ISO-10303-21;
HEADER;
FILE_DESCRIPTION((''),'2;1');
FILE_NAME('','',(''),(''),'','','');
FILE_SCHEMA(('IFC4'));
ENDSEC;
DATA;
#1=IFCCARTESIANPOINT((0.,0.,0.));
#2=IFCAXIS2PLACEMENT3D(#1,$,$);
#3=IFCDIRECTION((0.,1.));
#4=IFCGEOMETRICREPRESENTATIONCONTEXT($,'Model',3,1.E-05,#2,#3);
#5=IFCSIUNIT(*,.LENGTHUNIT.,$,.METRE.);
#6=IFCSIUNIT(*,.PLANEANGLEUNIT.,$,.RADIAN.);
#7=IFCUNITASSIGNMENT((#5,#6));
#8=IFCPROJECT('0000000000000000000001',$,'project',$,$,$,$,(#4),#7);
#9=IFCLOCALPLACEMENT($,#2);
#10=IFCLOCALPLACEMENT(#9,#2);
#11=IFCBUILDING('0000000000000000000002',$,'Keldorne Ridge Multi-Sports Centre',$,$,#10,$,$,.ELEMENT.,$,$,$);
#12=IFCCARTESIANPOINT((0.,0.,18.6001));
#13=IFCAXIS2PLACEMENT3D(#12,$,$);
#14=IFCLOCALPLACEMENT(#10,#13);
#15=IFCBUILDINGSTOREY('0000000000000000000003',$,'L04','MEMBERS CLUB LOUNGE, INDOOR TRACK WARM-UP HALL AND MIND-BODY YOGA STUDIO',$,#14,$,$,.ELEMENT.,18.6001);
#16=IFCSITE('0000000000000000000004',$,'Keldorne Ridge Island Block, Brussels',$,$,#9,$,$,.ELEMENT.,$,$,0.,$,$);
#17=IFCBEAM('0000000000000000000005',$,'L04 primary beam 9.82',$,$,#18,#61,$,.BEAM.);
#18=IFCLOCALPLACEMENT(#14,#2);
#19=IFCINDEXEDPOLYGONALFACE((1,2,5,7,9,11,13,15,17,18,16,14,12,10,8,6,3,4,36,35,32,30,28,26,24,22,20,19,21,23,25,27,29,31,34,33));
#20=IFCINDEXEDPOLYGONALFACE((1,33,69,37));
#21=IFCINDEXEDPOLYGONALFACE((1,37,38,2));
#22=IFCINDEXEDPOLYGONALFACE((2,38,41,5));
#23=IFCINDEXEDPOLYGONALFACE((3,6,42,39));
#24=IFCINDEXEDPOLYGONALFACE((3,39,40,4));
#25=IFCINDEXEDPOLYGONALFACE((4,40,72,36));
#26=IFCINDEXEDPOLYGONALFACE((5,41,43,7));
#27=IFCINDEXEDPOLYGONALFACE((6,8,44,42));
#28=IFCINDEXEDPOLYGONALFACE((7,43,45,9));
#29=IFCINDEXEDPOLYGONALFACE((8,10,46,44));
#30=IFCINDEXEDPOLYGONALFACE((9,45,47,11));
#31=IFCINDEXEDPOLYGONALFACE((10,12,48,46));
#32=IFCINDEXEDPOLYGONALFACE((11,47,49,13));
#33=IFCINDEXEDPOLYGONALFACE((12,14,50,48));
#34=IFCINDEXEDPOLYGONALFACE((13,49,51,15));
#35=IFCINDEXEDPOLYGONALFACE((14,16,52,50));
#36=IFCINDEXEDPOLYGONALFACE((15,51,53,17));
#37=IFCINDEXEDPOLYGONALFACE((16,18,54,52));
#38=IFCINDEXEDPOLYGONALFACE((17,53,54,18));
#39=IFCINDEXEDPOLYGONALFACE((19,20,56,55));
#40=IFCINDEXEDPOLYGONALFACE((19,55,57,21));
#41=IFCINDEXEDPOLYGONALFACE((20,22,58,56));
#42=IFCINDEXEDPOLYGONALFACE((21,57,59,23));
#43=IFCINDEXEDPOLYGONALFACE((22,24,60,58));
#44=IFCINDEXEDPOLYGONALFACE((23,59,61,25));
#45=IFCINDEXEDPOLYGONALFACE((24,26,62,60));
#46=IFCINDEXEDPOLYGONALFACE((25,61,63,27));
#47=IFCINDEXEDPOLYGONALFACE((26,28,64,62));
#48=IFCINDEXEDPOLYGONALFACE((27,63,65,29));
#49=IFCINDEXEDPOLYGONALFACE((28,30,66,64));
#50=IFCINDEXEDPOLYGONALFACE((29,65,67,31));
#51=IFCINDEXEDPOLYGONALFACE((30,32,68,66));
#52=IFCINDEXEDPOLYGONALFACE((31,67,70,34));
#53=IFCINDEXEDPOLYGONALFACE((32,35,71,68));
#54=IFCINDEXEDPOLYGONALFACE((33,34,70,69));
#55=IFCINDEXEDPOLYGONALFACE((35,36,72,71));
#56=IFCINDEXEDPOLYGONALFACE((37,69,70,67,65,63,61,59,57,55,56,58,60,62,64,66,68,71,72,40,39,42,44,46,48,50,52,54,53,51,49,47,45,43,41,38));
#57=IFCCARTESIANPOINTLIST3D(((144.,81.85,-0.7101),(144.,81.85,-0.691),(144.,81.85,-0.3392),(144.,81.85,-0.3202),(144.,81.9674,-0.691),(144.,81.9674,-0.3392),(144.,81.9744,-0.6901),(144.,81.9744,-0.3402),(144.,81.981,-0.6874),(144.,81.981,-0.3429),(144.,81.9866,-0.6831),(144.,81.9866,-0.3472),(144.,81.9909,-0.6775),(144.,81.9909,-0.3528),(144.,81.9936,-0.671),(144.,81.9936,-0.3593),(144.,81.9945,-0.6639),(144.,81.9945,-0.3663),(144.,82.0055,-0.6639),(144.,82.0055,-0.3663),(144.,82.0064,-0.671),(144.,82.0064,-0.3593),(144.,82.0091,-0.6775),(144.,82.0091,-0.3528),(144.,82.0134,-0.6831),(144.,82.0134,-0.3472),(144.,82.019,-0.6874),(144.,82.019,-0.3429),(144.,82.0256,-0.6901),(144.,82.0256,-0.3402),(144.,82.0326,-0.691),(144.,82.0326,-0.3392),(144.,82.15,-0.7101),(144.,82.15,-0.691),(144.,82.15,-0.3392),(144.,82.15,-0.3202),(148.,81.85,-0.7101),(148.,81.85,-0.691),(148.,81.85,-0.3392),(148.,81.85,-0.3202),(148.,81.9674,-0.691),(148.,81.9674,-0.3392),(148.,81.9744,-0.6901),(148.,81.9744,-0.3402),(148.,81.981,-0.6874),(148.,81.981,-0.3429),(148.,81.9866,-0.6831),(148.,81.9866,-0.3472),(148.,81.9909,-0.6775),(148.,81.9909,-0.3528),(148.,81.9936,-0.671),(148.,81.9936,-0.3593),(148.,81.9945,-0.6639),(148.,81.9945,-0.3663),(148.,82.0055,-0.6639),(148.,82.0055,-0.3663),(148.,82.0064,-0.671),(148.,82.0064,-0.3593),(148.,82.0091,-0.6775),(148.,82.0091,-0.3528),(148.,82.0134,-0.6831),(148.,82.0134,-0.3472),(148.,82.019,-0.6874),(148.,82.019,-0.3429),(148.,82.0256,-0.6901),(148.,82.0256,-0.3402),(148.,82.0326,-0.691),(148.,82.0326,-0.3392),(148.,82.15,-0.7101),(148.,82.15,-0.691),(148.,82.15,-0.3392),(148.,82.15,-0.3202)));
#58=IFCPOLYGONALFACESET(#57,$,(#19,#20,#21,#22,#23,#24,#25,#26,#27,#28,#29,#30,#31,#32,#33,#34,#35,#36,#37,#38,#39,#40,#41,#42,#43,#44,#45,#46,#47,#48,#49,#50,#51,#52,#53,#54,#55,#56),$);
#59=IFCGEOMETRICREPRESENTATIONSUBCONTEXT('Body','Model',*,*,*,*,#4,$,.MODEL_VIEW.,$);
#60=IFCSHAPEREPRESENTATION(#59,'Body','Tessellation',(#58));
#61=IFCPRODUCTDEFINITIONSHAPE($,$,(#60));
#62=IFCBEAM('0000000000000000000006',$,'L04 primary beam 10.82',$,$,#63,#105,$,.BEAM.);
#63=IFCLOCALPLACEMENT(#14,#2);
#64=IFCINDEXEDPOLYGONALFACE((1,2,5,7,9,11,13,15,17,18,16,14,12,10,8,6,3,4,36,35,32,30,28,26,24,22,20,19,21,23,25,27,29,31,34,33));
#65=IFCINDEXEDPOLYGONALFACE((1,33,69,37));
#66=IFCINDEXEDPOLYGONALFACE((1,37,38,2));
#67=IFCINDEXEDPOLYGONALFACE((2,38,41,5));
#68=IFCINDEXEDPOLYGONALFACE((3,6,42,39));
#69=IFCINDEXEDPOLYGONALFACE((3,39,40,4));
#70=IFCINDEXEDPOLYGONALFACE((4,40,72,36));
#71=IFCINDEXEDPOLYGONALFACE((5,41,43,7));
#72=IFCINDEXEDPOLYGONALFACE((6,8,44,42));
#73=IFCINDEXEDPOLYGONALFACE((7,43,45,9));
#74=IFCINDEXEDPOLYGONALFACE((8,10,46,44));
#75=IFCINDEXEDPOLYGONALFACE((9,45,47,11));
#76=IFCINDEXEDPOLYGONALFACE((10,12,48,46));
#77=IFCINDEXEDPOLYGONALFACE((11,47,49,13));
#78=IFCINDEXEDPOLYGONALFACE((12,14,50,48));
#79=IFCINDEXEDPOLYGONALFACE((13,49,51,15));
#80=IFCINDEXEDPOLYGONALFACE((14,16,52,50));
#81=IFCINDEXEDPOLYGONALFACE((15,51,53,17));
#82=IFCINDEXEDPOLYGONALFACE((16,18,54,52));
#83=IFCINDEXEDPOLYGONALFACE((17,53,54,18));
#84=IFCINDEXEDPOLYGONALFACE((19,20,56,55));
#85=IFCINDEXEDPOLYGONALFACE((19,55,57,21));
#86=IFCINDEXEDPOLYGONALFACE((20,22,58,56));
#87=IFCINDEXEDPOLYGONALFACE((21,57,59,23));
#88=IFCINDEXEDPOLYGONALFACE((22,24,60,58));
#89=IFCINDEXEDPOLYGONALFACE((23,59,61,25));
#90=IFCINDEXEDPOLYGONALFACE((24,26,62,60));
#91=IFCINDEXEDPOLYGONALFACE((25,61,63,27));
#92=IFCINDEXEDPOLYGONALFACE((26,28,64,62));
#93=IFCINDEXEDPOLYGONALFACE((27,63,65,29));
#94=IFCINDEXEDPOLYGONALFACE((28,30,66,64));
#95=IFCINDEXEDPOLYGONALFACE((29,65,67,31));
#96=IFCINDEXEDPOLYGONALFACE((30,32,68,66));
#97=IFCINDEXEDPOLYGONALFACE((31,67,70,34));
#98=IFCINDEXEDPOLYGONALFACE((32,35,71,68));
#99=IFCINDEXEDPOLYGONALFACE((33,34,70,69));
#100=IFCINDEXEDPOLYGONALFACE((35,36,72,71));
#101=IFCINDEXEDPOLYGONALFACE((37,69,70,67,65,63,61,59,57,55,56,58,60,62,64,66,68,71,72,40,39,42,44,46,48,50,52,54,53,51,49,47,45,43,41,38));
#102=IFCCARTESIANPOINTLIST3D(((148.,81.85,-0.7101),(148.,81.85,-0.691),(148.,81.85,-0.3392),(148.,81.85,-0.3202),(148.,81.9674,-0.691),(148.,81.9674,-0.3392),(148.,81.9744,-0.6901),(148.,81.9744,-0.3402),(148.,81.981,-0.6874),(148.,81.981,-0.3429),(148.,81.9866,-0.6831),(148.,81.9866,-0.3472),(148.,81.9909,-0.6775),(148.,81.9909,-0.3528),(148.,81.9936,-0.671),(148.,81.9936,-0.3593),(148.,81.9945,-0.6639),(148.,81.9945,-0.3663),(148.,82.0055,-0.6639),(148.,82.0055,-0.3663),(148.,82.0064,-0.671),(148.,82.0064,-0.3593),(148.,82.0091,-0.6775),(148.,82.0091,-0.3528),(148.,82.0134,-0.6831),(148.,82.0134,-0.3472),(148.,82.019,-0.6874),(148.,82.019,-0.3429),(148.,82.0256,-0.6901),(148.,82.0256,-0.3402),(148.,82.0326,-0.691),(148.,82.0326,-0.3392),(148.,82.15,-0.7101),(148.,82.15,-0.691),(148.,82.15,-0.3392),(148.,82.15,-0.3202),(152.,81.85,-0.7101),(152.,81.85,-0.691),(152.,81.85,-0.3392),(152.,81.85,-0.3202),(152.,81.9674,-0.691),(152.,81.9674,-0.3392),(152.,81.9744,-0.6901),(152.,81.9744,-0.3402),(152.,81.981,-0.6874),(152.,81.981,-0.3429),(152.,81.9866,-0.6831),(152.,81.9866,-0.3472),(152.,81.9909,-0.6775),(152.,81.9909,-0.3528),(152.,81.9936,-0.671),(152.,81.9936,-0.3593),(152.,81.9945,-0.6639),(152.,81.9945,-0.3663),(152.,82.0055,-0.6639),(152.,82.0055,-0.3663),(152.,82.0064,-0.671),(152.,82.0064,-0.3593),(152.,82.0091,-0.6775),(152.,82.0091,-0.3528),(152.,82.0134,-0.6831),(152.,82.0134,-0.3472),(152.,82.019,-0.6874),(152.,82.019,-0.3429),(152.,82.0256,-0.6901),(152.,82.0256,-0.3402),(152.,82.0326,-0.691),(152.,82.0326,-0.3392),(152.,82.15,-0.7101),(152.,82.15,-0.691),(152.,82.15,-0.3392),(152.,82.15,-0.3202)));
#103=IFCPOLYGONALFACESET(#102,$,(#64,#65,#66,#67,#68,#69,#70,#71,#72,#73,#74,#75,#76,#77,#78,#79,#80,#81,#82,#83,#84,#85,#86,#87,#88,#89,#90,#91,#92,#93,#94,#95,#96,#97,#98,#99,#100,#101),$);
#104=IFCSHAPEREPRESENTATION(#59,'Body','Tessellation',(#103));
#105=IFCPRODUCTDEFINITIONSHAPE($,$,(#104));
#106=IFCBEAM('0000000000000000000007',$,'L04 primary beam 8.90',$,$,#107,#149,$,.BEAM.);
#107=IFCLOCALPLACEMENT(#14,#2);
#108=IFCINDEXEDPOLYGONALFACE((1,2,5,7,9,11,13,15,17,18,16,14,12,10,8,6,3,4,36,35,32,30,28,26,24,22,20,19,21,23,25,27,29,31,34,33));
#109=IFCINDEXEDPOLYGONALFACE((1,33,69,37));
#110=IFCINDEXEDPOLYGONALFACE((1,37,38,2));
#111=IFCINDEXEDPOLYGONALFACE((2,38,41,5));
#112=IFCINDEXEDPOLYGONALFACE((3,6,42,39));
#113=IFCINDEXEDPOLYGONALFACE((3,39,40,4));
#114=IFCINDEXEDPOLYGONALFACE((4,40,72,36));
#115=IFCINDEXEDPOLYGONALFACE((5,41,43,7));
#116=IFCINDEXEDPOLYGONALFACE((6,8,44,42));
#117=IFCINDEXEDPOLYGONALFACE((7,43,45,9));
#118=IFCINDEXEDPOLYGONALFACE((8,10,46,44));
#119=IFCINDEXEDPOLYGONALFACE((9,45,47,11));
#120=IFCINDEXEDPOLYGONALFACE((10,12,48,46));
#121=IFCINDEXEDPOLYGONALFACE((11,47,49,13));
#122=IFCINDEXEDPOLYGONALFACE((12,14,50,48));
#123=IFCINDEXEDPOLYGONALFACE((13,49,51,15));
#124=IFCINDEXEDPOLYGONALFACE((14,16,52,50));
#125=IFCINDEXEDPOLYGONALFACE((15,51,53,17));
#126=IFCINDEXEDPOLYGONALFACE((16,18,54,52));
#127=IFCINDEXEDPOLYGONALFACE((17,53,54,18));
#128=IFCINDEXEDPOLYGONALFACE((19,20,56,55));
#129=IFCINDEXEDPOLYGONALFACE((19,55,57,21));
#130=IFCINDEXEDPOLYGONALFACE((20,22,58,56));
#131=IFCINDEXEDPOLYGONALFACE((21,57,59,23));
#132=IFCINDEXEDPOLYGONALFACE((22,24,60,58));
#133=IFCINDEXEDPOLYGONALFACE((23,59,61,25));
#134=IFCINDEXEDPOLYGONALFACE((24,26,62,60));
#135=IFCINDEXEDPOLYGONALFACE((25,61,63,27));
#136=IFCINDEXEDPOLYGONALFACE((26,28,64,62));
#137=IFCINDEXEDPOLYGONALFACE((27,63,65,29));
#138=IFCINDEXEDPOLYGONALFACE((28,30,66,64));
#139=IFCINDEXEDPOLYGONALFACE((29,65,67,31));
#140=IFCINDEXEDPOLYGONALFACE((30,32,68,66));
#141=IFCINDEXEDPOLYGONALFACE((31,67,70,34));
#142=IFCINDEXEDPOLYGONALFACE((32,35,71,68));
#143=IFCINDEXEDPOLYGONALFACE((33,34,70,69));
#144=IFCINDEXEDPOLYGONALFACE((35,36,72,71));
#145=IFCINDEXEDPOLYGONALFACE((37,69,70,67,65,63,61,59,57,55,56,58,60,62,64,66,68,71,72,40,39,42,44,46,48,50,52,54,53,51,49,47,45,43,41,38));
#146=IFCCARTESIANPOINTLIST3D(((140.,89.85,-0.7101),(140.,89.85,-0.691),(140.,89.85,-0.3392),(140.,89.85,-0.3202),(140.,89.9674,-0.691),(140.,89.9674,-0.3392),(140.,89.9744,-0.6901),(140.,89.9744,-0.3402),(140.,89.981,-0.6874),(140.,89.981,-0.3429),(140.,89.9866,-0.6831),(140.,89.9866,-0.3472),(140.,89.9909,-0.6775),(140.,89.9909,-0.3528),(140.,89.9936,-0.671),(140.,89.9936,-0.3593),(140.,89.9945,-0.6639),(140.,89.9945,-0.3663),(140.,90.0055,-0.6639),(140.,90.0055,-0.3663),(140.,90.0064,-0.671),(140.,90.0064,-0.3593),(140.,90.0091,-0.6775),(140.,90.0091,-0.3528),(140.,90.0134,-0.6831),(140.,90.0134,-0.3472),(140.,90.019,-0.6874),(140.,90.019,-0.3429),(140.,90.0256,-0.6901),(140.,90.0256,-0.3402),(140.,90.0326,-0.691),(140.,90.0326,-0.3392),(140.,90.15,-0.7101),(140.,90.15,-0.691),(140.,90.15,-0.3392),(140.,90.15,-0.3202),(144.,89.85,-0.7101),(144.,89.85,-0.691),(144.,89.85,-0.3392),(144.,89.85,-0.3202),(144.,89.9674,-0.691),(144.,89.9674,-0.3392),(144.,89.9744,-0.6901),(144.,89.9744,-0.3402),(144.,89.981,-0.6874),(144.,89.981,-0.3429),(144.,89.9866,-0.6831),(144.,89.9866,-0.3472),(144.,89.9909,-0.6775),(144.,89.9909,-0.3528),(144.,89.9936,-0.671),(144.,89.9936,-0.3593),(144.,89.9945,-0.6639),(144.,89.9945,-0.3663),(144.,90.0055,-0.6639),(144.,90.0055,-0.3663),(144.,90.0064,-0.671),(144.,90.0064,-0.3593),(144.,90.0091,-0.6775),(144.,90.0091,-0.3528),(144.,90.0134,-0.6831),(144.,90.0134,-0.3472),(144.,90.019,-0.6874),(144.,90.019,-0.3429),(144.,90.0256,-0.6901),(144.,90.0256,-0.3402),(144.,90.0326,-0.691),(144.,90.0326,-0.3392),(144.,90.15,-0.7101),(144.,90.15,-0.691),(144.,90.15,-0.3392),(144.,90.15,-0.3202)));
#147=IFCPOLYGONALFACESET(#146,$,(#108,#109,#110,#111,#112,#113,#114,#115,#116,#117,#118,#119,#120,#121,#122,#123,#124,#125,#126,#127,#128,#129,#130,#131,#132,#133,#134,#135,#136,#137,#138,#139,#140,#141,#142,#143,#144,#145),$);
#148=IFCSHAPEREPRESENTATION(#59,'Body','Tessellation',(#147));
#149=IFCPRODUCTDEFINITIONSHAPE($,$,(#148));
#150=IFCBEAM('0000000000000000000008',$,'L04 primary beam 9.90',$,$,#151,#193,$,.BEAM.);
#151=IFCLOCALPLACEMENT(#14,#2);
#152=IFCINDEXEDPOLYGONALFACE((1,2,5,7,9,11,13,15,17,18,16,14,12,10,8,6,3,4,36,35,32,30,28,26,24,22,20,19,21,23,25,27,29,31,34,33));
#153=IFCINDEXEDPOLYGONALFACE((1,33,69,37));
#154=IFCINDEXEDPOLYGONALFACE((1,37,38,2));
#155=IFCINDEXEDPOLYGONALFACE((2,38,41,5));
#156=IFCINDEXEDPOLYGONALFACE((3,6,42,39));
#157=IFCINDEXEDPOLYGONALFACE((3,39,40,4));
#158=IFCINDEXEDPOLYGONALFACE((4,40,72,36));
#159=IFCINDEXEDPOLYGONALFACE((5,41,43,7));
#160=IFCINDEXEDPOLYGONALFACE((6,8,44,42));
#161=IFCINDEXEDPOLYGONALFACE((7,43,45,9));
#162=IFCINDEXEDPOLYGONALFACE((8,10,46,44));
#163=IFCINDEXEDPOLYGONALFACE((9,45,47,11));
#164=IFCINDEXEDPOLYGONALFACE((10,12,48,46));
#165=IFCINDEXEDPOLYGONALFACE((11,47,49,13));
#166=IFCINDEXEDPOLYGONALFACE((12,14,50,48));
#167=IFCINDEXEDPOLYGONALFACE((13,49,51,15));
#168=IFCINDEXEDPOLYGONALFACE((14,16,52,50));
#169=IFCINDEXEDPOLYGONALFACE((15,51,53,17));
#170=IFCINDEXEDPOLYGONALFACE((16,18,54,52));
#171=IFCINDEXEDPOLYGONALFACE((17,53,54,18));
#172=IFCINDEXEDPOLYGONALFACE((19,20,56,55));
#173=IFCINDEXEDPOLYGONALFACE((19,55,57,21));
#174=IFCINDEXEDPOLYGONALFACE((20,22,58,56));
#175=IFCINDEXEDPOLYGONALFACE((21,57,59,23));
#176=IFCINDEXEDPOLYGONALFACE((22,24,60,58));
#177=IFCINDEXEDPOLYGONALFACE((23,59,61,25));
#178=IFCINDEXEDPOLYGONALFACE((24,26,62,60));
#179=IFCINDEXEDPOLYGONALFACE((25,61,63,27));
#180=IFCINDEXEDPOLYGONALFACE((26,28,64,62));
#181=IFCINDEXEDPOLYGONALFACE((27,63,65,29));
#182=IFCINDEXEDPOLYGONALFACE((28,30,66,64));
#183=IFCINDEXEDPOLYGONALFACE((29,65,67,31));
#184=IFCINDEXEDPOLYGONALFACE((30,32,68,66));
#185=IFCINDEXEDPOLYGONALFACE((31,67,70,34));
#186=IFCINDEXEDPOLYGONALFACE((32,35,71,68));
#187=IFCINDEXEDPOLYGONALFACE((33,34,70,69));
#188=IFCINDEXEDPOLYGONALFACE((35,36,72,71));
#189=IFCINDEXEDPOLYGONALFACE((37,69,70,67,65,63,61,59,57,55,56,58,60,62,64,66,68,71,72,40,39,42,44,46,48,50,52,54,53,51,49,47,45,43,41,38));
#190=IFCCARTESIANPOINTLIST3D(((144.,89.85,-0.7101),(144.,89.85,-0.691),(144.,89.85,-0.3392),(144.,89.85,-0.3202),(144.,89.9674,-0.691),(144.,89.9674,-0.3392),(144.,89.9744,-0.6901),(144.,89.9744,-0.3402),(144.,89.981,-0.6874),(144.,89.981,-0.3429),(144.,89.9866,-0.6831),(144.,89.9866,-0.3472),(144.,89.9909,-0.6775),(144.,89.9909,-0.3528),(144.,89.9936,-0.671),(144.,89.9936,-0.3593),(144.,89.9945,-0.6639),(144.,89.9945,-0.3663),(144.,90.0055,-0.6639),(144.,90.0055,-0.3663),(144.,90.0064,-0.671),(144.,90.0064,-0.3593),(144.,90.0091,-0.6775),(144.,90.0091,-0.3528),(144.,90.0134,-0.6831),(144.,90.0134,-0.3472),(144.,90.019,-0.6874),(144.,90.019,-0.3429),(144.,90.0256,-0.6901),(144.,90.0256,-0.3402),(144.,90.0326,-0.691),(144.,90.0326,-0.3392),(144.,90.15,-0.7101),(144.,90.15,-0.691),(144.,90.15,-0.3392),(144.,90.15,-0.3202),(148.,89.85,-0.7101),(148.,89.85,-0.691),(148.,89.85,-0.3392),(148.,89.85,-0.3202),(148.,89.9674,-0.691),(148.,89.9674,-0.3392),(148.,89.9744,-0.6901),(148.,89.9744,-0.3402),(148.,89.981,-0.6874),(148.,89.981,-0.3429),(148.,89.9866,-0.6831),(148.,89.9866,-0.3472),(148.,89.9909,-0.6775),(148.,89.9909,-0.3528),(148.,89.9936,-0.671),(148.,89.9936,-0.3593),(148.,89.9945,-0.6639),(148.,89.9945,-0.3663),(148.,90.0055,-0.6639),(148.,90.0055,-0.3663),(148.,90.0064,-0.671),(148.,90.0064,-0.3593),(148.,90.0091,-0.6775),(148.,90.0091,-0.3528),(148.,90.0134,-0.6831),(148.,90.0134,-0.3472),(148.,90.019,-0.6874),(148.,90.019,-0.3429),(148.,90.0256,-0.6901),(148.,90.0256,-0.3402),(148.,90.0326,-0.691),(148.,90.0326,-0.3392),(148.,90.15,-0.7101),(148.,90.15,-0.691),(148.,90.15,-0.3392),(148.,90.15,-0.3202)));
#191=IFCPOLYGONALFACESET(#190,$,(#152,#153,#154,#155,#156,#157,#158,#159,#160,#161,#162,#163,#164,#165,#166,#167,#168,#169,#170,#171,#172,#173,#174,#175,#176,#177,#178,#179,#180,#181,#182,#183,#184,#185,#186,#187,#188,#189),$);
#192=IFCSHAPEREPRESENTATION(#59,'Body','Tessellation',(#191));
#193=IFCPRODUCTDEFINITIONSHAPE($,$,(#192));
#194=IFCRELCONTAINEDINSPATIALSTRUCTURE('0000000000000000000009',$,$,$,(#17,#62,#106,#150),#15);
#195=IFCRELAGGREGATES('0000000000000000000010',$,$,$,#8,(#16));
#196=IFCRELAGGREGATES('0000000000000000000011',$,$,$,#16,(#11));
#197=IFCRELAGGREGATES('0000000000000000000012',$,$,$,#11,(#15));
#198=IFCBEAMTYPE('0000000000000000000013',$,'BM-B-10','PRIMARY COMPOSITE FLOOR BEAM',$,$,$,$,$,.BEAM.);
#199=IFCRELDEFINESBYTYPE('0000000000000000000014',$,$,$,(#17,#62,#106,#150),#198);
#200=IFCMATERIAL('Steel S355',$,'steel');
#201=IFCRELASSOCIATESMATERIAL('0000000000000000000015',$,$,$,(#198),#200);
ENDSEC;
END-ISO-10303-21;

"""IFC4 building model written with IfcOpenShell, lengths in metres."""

from ifc_helpers import new_model, si_unit, direction, frame, origin, origin_2d, place, context, subcontext, project, spatial, i_section, extrude, material, material_profile, profile_set, type_object, element, save


model = new_model("IFC4")

# Units and contexts
model_context = context("Model", 3, precision=1e-05, world=origin(), true_north=direction((0.0, 1.0)))
body_context = subcontext(model_context, "Body", "Model", "MODEL_VIEW")
ifc_project = project(units=[si_unit("LENGTHUNIT", "METRE"), si_unit("PLANEANGLEUNIT", "RADIAN")], contexts=[model_context])

# Site, building, storey
site_placement = place(None, origin())
site = spatial("IfcSite", under=ifc_project, at=site_placement, Name="Keldorne Ridge Island Block, Brussels", CompositionType="ELEMENT", RefElevation=0.0)
building_placement = place(site_placement, origin())
building = spatial("IfcBuilding", under=site, at=building_placement, Name="Keldorne Ridge Multi-Sports Centre", CompositionType="ELEMENT")
storey_placement = place(building_placement, frame((0.0, 0.0, 18.6001)))
storey = spatial("IfcBuildingStorey", under=building, at=storey_placement, Name="L04", Description="MEMBERS CLUB LOUNGE, INDOOR TRACK WARM-UP HALL AND MIND-BODY YOGA STUDIO", CompositionType="ELEMENT", Elevation=18.6001)

# Beams
ifc_material = material(Name="Steel S355", Category="steel")
ifc_material_profile_1 = material_profile(ifc_material, i_section(OverallWidth=0.3, OverallDepth=0.3899, WebThickness=0.011, FlangeThickness=0.019, FilletRadius=0.0271, at=origin_2d()), Name="HEA 400")
ifc_profile_set_1 = profile_set([ifc_material_profile_1], Name="Steel S355")
beam_type_1 = type_object("IfcBeamType", Name="BM-B-10", Description="PRIMARY COMPOSITE FLOOR BEAM", PredefinedType="BEAM", material=ifc_profile_set_1)
for number, where, z_axis, x_axis, name in (
    (1, (144.0, 82.0, -0.5151), (1.0, 0.0, 0.0), (0.0, 1.0, 0.0), "L04 primary beam 9.82"),
    (2, (148.0, 82.0, -0.5151), (1.0, 0.0, 0.0), (0.0, 1.0, 0.0), "L04 primary beam 10.82"),
    (3, (140.0, 90.0, -0.5151), (1.0, 0.0, 0.0), (0.0, 1.0, 0.0), "L04 primary beam 8.90"),
    (4, (144.0, 90.0, -0.5151), (1.0, 0.0, 0.0), (0.0, 1.0, 0.0), "L04 primary beam 9.90"),
):
    element("IfcBeam", number, at=place(storey_placement, frame(where, z_axis=z_axis, x_axis=x_axis)), inside=storey, type_object=beam_type_1, Name=name, PredefinedType="BEAM", context=body_context, shape_type="SweptSolid", body=[
        extrude(i_section(OverallWidth=0.3, OverallDepth=0.3899, WebThickness=0.011, FlangeThickness=0.019, FilletRadius=0.0271, at=origin_2d()), origin(), (0.0, 0.0, 1.0), 4.0),
    ])

save(model, "model.ifc")
